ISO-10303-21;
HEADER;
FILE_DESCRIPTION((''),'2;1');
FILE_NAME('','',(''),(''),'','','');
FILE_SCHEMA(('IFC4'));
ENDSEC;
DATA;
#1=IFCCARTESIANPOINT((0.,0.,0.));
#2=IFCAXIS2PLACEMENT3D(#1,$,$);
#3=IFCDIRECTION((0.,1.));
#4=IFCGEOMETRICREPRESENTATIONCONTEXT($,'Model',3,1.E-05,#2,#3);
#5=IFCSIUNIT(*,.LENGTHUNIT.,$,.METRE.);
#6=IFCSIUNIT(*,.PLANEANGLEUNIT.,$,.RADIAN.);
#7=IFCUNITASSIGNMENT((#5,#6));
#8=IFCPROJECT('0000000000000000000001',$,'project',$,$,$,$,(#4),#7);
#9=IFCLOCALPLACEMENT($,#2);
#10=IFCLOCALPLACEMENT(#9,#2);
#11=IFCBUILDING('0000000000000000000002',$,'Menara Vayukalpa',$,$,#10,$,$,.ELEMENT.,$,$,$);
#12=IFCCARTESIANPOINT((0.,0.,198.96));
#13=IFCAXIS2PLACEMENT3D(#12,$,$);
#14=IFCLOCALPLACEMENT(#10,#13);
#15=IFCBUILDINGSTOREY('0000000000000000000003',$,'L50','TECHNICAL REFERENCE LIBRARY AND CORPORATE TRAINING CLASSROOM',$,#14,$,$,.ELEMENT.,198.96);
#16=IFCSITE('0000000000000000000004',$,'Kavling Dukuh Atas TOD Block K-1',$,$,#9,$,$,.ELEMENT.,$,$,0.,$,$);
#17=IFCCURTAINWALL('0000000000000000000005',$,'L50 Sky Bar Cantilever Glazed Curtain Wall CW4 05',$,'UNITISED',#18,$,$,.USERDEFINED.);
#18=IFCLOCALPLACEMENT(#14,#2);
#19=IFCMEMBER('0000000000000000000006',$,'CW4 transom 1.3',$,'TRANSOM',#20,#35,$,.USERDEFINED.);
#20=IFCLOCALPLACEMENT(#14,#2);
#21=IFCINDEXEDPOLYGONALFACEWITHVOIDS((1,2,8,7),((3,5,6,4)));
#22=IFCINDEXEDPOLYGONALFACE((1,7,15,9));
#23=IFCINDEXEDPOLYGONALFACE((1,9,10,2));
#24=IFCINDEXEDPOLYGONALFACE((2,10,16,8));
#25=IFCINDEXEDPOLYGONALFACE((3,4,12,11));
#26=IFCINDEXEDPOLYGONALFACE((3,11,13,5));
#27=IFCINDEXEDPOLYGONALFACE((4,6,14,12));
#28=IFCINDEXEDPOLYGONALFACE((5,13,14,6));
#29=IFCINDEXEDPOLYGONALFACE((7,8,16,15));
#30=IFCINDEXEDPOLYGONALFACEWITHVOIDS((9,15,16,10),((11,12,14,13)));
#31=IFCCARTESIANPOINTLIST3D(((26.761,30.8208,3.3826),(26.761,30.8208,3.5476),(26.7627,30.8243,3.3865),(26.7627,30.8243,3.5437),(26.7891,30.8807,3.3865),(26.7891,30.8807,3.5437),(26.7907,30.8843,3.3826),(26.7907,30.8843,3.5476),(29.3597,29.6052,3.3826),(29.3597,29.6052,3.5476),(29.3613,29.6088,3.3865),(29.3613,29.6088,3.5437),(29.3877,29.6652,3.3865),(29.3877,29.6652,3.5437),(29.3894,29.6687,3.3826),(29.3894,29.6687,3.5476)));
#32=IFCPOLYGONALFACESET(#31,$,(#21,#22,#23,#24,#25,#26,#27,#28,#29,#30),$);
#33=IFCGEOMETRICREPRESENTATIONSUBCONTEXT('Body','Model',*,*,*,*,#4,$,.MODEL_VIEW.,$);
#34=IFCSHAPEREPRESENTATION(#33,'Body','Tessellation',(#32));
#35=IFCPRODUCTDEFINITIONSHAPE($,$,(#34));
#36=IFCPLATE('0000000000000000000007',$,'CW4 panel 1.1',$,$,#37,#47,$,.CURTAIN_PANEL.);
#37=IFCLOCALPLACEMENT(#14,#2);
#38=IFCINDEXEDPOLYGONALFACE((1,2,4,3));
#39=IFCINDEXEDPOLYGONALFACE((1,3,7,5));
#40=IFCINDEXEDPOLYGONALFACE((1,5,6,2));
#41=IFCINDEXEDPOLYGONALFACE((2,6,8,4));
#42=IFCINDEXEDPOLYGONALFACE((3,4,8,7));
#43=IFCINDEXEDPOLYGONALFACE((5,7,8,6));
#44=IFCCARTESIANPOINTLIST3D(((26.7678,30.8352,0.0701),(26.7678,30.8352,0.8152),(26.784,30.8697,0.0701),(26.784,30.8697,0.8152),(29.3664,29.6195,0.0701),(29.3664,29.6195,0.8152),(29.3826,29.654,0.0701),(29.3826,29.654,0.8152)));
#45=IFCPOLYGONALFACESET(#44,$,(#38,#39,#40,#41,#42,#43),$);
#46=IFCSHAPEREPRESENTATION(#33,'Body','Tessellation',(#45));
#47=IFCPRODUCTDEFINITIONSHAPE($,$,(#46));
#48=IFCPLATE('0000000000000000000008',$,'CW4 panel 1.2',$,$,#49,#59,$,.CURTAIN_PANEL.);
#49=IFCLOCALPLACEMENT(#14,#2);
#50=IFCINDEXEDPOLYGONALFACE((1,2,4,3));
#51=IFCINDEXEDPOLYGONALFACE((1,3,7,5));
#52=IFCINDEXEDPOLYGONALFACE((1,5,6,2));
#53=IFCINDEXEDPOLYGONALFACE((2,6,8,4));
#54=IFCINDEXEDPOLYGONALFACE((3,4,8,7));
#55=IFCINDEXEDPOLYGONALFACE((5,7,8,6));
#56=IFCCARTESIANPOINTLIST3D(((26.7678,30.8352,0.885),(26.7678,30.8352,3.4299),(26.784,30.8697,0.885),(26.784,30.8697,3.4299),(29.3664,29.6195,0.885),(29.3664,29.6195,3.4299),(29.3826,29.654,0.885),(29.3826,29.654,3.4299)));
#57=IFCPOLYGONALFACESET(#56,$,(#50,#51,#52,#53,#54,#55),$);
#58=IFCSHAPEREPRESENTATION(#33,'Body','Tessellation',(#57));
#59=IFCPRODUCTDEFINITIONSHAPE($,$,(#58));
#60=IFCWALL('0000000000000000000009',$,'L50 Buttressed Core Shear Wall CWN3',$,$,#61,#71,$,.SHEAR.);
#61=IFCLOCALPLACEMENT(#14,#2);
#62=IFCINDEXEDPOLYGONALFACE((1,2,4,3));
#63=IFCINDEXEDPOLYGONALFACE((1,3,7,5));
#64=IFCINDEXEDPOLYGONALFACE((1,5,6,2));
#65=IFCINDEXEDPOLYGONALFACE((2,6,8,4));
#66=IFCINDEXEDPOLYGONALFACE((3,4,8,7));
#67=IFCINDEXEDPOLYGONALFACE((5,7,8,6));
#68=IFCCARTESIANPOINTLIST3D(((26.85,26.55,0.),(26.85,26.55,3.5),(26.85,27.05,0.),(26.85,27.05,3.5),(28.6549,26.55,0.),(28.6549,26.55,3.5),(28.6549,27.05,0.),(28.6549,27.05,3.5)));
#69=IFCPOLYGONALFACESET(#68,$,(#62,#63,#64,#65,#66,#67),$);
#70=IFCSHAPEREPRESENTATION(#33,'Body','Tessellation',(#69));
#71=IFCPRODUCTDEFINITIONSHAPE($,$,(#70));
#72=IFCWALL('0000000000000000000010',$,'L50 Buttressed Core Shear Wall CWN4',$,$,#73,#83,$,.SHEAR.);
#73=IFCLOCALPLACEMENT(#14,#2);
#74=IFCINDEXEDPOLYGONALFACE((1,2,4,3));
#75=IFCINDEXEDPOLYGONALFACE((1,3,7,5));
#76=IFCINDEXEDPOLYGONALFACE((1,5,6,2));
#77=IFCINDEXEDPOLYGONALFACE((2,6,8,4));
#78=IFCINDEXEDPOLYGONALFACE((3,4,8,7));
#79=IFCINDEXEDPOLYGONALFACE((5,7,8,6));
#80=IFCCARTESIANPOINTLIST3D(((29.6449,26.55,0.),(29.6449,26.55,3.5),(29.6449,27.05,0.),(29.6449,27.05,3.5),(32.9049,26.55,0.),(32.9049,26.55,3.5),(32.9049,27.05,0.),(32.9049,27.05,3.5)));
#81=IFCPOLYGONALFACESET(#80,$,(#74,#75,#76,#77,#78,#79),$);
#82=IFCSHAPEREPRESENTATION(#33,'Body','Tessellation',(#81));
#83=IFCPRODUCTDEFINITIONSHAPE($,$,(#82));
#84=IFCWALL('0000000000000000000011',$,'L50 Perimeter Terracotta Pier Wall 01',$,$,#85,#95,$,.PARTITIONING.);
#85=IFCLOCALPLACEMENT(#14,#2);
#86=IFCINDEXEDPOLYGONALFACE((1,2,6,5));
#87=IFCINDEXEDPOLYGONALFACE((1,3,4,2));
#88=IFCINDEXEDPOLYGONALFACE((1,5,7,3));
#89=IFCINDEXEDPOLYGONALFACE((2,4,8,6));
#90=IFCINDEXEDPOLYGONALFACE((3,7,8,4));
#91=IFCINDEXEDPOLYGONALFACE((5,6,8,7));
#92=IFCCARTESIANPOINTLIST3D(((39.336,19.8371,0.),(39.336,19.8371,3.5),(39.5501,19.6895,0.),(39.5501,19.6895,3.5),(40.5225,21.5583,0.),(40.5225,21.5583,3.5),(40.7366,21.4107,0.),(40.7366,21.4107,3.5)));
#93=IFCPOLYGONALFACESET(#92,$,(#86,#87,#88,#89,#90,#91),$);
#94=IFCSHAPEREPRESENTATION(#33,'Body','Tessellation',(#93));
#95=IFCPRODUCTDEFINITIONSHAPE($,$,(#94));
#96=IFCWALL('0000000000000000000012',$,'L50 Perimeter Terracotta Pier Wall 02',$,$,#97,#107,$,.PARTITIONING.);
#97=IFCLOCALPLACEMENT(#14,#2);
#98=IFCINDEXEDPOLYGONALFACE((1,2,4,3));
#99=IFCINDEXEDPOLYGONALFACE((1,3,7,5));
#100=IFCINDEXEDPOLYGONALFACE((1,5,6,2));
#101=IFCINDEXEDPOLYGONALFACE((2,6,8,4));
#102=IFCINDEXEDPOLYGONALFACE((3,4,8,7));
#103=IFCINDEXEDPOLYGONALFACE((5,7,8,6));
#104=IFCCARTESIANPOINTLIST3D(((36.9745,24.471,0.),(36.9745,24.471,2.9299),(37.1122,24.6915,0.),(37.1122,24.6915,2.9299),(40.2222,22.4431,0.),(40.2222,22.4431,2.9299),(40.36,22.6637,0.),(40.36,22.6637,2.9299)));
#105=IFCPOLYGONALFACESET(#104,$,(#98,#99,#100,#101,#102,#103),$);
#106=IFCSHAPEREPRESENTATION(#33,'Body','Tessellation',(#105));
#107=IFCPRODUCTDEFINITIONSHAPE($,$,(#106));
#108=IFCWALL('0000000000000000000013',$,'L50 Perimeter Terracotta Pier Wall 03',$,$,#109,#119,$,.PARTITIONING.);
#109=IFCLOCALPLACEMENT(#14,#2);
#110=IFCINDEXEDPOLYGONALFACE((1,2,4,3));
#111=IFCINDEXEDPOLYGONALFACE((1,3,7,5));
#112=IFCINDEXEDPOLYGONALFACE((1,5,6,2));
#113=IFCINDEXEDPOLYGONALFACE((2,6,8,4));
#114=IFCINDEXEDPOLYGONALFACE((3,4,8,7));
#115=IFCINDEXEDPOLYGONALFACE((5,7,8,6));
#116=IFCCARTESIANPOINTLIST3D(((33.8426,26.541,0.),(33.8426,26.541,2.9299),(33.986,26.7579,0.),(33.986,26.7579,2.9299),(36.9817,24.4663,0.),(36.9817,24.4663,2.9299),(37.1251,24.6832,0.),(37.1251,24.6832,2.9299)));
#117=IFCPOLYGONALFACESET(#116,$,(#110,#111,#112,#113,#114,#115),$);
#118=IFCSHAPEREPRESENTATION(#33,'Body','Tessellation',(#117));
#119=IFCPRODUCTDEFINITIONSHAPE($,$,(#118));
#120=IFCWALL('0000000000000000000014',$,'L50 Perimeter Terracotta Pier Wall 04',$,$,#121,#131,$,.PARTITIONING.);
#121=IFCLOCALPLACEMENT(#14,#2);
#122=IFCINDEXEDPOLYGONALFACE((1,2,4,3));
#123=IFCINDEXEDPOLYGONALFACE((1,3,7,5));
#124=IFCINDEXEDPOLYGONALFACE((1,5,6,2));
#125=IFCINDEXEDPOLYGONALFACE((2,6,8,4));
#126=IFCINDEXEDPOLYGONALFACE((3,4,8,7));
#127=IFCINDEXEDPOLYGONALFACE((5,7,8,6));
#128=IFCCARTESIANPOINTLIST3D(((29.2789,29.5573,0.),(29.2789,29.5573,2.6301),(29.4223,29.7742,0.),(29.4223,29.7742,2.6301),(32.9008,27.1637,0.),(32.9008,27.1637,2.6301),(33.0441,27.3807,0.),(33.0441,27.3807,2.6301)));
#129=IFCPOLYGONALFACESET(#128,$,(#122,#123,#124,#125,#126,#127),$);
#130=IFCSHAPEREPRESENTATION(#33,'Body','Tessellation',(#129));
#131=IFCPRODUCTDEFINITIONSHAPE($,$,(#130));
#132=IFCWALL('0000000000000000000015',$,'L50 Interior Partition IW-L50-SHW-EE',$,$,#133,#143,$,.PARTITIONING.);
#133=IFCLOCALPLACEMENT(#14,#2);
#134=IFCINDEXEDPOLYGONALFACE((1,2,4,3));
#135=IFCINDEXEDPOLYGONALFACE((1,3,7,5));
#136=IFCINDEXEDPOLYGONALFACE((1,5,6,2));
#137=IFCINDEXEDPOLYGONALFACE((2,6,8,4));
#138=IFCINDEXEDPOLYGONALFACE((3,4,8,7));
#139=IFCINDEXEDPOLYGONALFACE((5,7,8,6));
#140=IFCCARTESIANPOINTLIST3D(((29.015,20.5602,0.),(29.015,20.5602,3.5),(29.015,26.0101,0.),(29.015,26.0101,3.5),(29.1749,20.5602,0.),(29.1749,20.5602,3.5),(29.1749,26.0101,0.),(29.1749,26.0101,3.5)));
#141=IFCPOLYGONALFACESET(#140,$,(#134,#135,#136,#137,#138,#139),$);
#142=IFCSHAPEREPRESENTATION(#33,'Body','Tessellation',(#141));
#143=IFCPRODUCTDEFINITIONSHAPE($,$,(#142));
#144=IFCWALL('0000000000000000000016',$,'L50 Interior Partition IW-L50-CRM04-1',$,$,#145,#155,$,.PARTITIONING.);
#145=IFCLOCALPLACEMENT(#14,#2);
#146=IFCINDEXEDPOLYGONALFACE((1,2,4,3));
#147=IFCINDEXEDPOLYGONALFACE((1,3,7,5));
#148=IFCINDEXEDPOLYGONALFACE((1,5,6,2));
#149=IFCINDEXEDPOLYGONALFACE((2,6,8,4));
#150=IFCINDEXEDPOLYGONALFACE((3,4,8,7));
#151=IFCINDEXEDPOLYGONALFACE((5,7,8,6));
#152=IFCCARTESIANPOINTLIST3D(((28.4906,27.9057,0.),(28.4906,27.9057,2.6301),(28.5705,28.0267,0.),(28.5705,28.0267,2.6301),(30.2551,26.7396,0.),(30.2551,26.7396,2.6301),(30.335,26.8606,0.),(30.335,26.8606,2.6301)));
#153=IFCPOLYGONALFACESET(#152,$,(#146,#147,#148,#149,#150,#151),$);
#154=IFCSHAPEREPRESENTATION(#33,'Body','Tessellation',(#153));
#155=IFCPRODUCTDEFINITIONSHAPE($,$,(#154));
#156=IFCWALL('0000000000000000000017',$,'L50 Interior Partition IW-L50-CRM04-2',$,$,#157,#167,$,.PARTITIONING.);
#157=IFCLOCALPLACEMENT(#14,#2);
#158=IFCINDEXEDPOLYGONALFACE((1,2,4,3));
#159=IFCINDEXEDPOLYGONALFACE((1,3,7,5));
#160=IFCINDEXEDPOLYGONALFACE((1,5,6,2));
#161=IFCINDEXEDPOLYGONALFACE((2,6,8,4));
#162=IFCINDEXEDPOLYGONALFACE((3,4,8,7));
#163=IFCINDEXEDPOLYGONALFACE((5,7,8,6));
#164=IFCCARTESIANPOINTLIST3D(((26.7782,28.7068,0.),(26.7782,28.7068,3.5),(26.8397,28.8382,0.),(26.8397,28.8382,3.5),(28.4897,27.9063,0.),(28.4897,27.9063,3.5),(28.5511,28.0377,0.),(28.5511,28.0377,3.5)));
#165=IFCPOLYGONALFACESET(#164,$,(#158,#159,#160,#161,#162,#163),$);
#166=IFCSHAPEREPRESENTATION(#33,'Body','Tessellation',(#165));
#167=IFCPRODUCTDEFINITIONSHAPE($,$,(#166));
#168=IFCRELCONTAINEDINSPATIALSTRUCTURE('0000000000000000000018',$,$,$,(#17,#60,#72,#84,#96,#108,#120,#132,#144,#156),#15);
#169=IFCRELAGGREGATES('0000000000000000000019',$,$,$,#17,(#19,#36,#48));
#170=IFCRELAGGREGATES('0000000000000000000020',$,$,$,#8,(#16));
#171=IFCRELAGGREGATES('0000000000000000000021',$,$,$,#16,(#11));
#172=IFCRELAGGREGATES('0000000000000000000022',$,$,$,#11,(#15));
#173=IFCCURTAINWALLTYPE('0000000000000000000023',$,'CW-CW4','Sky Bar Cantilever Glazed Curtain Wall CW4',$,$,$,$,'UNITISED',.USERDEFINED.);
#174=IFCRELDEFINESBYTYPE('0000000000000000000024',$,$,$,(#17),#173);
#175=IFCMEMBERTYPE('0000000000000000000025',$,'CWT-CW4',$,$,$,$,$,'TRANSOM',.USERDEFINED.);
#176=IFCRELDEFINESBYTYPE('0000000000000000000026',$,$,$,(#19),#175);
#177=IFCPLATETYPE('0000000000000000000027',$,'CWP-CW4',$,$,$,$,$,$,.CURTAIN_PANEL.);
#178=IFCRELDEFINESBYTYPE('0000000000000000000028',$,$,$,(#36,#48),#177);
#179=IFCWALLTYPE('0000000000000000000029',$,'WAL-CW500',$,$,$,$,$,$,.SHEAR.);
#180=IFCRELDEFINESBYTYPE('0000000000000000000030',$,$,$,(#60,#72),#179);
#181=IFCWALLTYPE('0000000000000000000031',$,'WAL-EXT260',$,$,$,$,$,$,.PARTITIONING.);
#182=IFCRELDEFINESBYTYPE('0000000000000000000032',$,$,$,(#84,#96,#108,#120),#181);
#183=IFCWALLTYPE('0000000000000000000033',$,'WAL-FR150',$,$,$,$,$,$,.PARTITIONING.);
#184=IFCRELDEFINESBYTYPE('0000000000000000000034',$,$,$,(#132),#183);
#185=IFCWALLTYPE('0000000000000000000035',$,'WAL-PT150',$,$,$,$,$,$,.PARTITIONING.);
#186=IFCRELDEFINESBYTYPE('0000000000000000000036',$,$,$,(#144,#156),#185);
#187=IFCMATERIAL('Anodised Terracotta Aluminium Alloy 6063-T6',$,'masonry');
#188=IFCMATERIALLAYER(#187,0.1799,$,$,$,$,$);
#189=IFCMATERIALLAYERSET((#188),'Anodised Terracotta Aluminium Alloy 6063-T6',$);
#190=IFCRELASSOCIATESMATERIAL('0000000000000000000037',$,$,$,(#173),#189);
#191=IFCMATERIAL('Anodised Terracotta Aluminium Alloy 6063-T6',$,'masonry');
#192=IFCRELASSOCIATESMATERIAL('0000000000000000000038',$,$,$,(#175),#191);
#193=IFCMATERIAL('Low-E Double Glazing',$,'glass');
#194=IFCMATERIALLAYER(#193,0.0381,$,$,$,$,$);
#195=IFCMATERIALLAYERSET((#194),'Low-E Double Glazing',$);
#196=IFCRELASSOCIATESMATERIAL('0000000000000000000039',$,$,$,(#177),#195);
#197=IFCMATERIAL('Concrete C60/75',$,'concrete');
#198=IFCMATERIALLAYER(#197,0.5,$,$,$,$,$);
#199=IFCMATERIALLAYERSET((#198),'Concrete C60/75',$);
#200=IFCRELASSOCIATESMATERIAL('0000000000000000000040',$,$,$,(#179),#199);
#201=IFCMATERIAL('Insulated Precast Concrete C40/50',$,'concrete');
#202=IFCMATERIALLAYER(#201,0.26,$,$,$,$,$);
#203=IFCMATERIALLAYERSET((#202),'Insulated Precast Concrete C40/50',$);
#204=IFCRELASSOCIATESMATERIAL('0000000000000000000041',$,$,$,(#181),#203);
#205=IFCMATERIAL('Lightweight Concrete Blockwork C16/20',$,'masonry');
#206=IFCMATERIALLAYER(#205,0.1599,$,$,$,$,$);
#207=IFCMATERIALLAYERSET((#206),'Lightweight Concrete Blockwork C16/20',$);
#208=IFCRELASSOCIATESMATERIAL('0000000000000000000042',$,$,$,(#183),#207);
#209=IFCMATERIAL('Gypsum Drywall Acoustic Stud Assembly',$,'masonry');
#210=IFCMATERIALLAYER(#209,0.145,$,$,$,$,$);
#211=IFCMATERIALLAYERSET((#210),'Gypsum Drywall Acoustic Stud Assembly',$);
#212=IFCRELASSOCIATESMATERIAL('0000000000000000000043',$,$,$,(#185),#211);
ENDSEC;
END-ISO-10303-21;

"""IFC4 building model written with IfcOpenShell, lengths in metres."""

from ifc_helpers import new_model, si_unit, direction, frame, frame_2d, origin, origin_2d, place, context, subcontext, project, spatial, rectangle, hollow_rectangle, extrude, material, layer, layer_set, material_profile, profile_set, type_object, element, aggregate, save


model = new_model("IFC4")

# Units and contexts
model_context = context("Model", 3, precision=1e-05, world=origin(), true_north=direction((0.0, 1.0)))
body_context = subcontext(model_context, "Body", "Model", "MODEL_VIEW")
ifc_project = project(units=[si_unit("LENGTHUNIT", "METRE"), si_unit("PLANEANGLEUNIT", "RADIAN")], contexts=[model_context])

# Site, building, storey
site_placement = place(None, origin())
site = spatial("IfcSite", under=ifc_project, at=site_placement, Name="Kavling Dukuh Atas TOD Block K-1", CompositionType="ELEMENT", RefElevation=0.0)
building_placement = place(site_placement, origin())
building = spatial("IfcBuilding", under=site, at=building_placement, Name="Menara Vayukalpa", CompositionType="ELEMENT")
storey_placement = place(building_placement, frame((0.0, 0.0, 198.96)))
storey = spatial("IfcBuildingStorey", under=building, at=storey_placement, Name="L50", Description="TECHNICAL REFERENCE LIBRARY AND CORPORATE TRAINING CLASSROOM", CompositionType="ELEMENT", Elevation=198.96)

# Curtain wall, member, plates
ifc_material_1 = material(Name="Anodised Terracotta Aluminium Alloy 6063-T6", Category="masonry")
ifc_layer_1 = layer(ifc_material_1, 0.1799)
ifc_layer_set_1 = layer_set([ifc_layer_1], Name="Anodised Terracotta Aluminium Alloy 6063-T6")
curtain_wall_type = type_object("IfcCurtainWallType", Name="CW-CW4", Description="Sky Bar Cantilever Glazed Curtain Wall CW4", ElementType="UNITISED", PredefinedType="USERDEFINED", material=ifc_layer_set_1)
curtain_wall_placement = place(storey_placement, origin())
curtain_wall = element("IfcCurtainWall", 1, at=curtain_wall_placement, inside=storey, type_object=curtain_wall_type, Name="L50 Sky Bar Cantilever Glazed Curtain Wall CW4 05", ObjectType="UNITISED", PredefinedType="USERDEFINED")
ifc_material_2 = material(Name="Anodised Terracotta Aluminium Alloy 6063-T6", Category="masonry")
ifc_material_profile_1 = material_profile(ifc_material_2, hollow_rectangle(XDim=0.0701, YDim=0.165, WallThickness=0.0039, at=origin_2d()), Name="ALU 70x165x4")
ifc_profile_set_1 = profile_set([ifc_material_profile_1], Name="Anodised Terracotta Aluminium Alloy 6063-T6")
member_type_1 = type_object("IfcMemberType", Name="CWT-CW4", ElementType="TRANSOM", PredefinedType="USERDEFINED", material=ifc_profile_set_1)
member_1_placement = place(storey_placement, frame((29.3745, 29.637, 3.4651), z_axis=(-0.905798, 0.42371, 0.0), x_axis=(-0.42371, -0.905798, 0.0)))
member_1 = element("IfcMember", 2, at=member_1_placement, type_object=member_type_1, Name="CW4 transom 1.3", ObjectType="TRANSOM", PredefinedType="USERDEFINED", context=body_context, shape_type="SweptSolid", body=[
    extrude(hollow_rectangle(XDim=0.0701, YDim=0.165, WallThickness=0.0039, at=origin_2d()), origin(), (0.0, 0.0, 1.0), 2.8689),
])
ifc_material_3 = material(Name="Low-E Double Glazing", Category="glass")
ifc_layer_2 = layer(ifc_material_3, 0.0381)
ifc_layer_set_2 = layer_set([ifc_layer_2], Name="Low-E Double Glazing")
plate_type = type_object("IfcPlateType", Name="CWP-CW4", PredefinedType="CURTAIN_PANEL", material=ifc_layer_set_2)
plate_1_placement = place(storey_placement, frame((28.0752, 30.2446, 0.0701), z_axis=(0.0, 0.0, 1.0), x_axis=(-0.905782, 0.423744, 0.0)))
plate_1 = element("IfcPlate", 3, at=plate_1_placement, type_object=plate_type, Name="CW4 panel 1.1", PredefinedType="CURTAIN_PANEL", context=body_context, shape_type="SweptSolid", body=[
    extrude(rectangle(XDim=2.8689, YDim=0.0381, at=origin_2d()), origin(), (0.0, 0.0, 1.0), 0.7451),
])
plate_2_placement = place(storey_placement, frame((28.0752, 30.2446, 0.885), z_axis=(0.0, 0.0, 1.0), x_axis=(-0.905782, 0.423744, 0.0)))
plate_2 = element("IfcPlate", 4, at=plate_2_placement, type_object=plate_type, Name="CW4 panel 1.2", PredefinedType="CURTAIN_PANEL", context=body_context, shape_type="SweptSolid", body=[
    extrude(rectangle(XDim=2.8689, YDim=0.0381, at=origin_2d()), origin(), (0.0, 0.0, 1.0), 2.5449),
])
aggregate(curtain_wall, [member_1, plate_1, plate_2])

# Walls
ifc_material_4 = material(Name="Concrete C60/75", Category="concrete")
ifc_layer_3 = layer(ifc_material_4, 0.5)
ifc_layer_set_3 = layer_set([ifc_layer_3], Name="Concrete C60/75")
wall_type_1 = type_object("IfcWallType", Name="WAL-CW500", PredefinedType="SHEAR", material=ifc_layer_set_3)
wall_1_placement = place(storey_placement, frame((26.8501, 26.8, 0.0), z_axis=(0.0, 0.0, 1.0), x_axis=(1.0, 0.0, 0.0)))
element("IfcWall", 5, at=wall_1_placement, inside=storey, type_object=wall_type_1, Name="L50 Buttressed Core Shear Wall CWN3", PredefinedType="SHEAR", context=body_context, shape_type="SweptSolid", body=[
    extrude(rectangle(XDim=1.8049, YDim=0.5, at=frame_2d((0.9023, 0.0))), origin(), (0.0, 0.0, 1.0), 3.5),
])
wall_2_placement = place(storey_placement, frame((29.645, 26.8, 0.0), z_axis=(0.0, 0.0, 1.0), x_axis=(1.0, 0.0, 0.0)))
element("IfcWall", 6, at=wall_2_placement, inside=storey, type_object=wall_type_1, Name="L50 Buttressed Core Shear Wall CWN4", PredefinedType="SHEAR", context=body_context, shape_type="SweptSolid", body=[
    extrude(rectangle(XDim=3.26, YDim=0.5, at=frame_2d((1.6299, 0.0))), origin(), (0.0, 0.0, 1.0), 3.5),
])
ifc_material_5 = material(Name="Insulated Precast Concrete C40/50", Category="concrete")
ifc_layer_4 = layer(ifc_material_5, 0.26)
ifc_layer_set_4 = layer_set([ifc_layer_4], Name="Insulated Precast Concrete C40/50")
wall_type_2 = type_object("IfcWallType", Name="WAL-EXT260", PredefinedType="PARTITIONING", material=ifc_layer_set_4)
wall_3_placement = place(storey_placement, frame((40.6296, 21.4846, 0.0), z_axis=(0.0, 0.0, 1.0), x_axis=(-0.567569, -0.823326, 0.0)))
element("IfcWall", 7, at=wall_3_placement, inside=storey, type_object=wall_type_2, Name="L50 Perimeter Terracotta Pier Wall 01", PredefinedType="PARTITIONING", context=body_context, shape_type="SweptSolid", body=[
    extrude(rectangle(XDim=2.0906, YDim=0.26, at=frame_2d((1.0454, 0.0))), origin(), (0.0, 0.0, 1.0), 3.5),
])
wall_4_placement = place(storey_placement, frame((37.0432, 24.5813, 0.0), z_axis=(0.0, 0.0, 1.0), x_axis=(0.848238, -0.529615, 0.0)))
element("IfcWall", 8, at=wall_4_placement, inside=storey, type_object=wall_type_2, Name="L50 Perimeter Terracotta Pier Wall 02", PredefinedType="PARTITIONING", context=body_context, shape_type="SweptSolid", body=[
    extrude(rectangle(XDim=3.8289, YDim=0.26, at=frame_2d((1.9146, 0.0))), origin(), (0.0, 0.0, 1.0), 2.9299),
])
wall_5_placement = place(storey_placement, frame((33.9143, 26.6494, 0.0), z_axis=(0.0, 0.0, 1.0), x_axis=(0.83426, -0.551372, 0.0)))
element("IfcWall", 9, at=wall_5_placement, inside=storey, type_object=wall_type_2, Name="L50 Perimeter Terracotta Pier Wall 03", PredefinedType="PARTITIONING", context=body_context, shape_type="SweptSolid", body=[
    extrude(rectangle(XDim=3.7627, YDim=0.26, at=frame_2d((1.8813, 0.0))), origin(), (0.0, 0.0, 1.0), 2.9299),
])
wall_6_placement = place(storey_placement, frame((29.3506, 29.6658, 0.0), z_axis=(0.0, 0.0, 1.0), x_axis=(0.834276, -0.551347, 0.0)))
element("IfcWall", 10, at=wall_6_placement, inside=storey, type_object=wall_type_2, Name="L50 Perimeter Terracotta Pier Wall 04", PredefinedType="PARTITIONING", context=body_context, shape_type="SweptSolid", body=[
    extrude(rectangle(XDim=4.3413, YDim=0.26, at=frame_2d((2.1707, 0.0))), origin(), (0.0, 0.0, 1.0), 2.6301),
])
ifc_material_6 = material(Name="Lightweight Concrete Blockwork C16/20", Category="masonry")
ifc_layer_5 = layer(ifc_material_6, 0.1599)
ifc_layer_set_5 = layer_set([ifc_layer_5], Name="Lightweight Concrete Blockwork C16/20")
wall_type_3 = type_object("IfcWallType", Name="WAL-FR150", PredefinedType="PARTITIONING", material=ifc_layer_set_5)
wall_7_placement = place(storey_placement, frame((29.095, 20.5601, 0.0), z_axis=(0.0, 0.0, 1.0), x_axis=(0.0, 1.0, 0.0)))
element("IfcWall", 11, at=wall_7_placement, inside=storey, type_object=wall_type_3, Name="L50 Interior Partition IW-L50-SHW-EE", PredefinedType="PARTITIONING", context=body_context, shape_type="SweptSolid", body=[
    extrude(rectangle(XDim=5.45, YDim=0.1599, at=frame_2d((2.7251, 0.0))), origin(), (0.0, 0.0, 1.0), 3.5),
])
ifc_material_7 = material(Name="Gypsum Drywall Acoustic Stud Assembly", Category="masonry")
ifc_layer_6 = layer(ifc_material_7, 0.145)
ifc_layer_set_6 = layer_set([ifc_layer_6], Name="Gypsum Drywall Acoustic Stud Assembly")
wall_type_4 = type_object("IfcWallType", Name="WAL-PT150", PredefinedType="PARTITIONING", material=ifc_layer_set_6)
wall_8_placement = place(storey_placement, frame((30.2952, 26.8, 0.0), z_axis=(0.0, 0.0, 1.0), x_axis=(-0.834281, 0.551339, 0.0)))
element("IfcWall", 12, at=wall_8_placement, inside=storey, type_object=wall_type_4, Name="L50 Interior Partition IW-L50-CRM04-1", PredefinedType="PARTITIONING", context=body_context, shape_type="SweptSolid", body=[
    extrude(rectangle(XDim=2.115, YDim=0.145, at=frame_2d((1.0576, 0.0))), origin(), (0.0, 0.0, 1.0), 2.6301),
])
wall_9_placement = place(storey_placement, frame((28.5205, 27.9719, 0.0), z_axis=(0.0, 0.0, 1.0), x_axis=(-0.905803, 0.423699, 0.0)))
element("IfcWall", 13, at=wall_9_placement, inside=storey, type_object=wall_type_4, Name="L50 Interior Partition IW-L50-CRM04-2", PredefinedType="PARTITIONING", context=body_context, shape_type="SweptSolid", body=[
    extrude(rectangle(XDim=1.8894, YDim=0.145, at=frame_2d((0.9448, 0.0))), origin(), (0.0, 0.0, 1.0), 3.5),
])

save(model, "model.ifc")
